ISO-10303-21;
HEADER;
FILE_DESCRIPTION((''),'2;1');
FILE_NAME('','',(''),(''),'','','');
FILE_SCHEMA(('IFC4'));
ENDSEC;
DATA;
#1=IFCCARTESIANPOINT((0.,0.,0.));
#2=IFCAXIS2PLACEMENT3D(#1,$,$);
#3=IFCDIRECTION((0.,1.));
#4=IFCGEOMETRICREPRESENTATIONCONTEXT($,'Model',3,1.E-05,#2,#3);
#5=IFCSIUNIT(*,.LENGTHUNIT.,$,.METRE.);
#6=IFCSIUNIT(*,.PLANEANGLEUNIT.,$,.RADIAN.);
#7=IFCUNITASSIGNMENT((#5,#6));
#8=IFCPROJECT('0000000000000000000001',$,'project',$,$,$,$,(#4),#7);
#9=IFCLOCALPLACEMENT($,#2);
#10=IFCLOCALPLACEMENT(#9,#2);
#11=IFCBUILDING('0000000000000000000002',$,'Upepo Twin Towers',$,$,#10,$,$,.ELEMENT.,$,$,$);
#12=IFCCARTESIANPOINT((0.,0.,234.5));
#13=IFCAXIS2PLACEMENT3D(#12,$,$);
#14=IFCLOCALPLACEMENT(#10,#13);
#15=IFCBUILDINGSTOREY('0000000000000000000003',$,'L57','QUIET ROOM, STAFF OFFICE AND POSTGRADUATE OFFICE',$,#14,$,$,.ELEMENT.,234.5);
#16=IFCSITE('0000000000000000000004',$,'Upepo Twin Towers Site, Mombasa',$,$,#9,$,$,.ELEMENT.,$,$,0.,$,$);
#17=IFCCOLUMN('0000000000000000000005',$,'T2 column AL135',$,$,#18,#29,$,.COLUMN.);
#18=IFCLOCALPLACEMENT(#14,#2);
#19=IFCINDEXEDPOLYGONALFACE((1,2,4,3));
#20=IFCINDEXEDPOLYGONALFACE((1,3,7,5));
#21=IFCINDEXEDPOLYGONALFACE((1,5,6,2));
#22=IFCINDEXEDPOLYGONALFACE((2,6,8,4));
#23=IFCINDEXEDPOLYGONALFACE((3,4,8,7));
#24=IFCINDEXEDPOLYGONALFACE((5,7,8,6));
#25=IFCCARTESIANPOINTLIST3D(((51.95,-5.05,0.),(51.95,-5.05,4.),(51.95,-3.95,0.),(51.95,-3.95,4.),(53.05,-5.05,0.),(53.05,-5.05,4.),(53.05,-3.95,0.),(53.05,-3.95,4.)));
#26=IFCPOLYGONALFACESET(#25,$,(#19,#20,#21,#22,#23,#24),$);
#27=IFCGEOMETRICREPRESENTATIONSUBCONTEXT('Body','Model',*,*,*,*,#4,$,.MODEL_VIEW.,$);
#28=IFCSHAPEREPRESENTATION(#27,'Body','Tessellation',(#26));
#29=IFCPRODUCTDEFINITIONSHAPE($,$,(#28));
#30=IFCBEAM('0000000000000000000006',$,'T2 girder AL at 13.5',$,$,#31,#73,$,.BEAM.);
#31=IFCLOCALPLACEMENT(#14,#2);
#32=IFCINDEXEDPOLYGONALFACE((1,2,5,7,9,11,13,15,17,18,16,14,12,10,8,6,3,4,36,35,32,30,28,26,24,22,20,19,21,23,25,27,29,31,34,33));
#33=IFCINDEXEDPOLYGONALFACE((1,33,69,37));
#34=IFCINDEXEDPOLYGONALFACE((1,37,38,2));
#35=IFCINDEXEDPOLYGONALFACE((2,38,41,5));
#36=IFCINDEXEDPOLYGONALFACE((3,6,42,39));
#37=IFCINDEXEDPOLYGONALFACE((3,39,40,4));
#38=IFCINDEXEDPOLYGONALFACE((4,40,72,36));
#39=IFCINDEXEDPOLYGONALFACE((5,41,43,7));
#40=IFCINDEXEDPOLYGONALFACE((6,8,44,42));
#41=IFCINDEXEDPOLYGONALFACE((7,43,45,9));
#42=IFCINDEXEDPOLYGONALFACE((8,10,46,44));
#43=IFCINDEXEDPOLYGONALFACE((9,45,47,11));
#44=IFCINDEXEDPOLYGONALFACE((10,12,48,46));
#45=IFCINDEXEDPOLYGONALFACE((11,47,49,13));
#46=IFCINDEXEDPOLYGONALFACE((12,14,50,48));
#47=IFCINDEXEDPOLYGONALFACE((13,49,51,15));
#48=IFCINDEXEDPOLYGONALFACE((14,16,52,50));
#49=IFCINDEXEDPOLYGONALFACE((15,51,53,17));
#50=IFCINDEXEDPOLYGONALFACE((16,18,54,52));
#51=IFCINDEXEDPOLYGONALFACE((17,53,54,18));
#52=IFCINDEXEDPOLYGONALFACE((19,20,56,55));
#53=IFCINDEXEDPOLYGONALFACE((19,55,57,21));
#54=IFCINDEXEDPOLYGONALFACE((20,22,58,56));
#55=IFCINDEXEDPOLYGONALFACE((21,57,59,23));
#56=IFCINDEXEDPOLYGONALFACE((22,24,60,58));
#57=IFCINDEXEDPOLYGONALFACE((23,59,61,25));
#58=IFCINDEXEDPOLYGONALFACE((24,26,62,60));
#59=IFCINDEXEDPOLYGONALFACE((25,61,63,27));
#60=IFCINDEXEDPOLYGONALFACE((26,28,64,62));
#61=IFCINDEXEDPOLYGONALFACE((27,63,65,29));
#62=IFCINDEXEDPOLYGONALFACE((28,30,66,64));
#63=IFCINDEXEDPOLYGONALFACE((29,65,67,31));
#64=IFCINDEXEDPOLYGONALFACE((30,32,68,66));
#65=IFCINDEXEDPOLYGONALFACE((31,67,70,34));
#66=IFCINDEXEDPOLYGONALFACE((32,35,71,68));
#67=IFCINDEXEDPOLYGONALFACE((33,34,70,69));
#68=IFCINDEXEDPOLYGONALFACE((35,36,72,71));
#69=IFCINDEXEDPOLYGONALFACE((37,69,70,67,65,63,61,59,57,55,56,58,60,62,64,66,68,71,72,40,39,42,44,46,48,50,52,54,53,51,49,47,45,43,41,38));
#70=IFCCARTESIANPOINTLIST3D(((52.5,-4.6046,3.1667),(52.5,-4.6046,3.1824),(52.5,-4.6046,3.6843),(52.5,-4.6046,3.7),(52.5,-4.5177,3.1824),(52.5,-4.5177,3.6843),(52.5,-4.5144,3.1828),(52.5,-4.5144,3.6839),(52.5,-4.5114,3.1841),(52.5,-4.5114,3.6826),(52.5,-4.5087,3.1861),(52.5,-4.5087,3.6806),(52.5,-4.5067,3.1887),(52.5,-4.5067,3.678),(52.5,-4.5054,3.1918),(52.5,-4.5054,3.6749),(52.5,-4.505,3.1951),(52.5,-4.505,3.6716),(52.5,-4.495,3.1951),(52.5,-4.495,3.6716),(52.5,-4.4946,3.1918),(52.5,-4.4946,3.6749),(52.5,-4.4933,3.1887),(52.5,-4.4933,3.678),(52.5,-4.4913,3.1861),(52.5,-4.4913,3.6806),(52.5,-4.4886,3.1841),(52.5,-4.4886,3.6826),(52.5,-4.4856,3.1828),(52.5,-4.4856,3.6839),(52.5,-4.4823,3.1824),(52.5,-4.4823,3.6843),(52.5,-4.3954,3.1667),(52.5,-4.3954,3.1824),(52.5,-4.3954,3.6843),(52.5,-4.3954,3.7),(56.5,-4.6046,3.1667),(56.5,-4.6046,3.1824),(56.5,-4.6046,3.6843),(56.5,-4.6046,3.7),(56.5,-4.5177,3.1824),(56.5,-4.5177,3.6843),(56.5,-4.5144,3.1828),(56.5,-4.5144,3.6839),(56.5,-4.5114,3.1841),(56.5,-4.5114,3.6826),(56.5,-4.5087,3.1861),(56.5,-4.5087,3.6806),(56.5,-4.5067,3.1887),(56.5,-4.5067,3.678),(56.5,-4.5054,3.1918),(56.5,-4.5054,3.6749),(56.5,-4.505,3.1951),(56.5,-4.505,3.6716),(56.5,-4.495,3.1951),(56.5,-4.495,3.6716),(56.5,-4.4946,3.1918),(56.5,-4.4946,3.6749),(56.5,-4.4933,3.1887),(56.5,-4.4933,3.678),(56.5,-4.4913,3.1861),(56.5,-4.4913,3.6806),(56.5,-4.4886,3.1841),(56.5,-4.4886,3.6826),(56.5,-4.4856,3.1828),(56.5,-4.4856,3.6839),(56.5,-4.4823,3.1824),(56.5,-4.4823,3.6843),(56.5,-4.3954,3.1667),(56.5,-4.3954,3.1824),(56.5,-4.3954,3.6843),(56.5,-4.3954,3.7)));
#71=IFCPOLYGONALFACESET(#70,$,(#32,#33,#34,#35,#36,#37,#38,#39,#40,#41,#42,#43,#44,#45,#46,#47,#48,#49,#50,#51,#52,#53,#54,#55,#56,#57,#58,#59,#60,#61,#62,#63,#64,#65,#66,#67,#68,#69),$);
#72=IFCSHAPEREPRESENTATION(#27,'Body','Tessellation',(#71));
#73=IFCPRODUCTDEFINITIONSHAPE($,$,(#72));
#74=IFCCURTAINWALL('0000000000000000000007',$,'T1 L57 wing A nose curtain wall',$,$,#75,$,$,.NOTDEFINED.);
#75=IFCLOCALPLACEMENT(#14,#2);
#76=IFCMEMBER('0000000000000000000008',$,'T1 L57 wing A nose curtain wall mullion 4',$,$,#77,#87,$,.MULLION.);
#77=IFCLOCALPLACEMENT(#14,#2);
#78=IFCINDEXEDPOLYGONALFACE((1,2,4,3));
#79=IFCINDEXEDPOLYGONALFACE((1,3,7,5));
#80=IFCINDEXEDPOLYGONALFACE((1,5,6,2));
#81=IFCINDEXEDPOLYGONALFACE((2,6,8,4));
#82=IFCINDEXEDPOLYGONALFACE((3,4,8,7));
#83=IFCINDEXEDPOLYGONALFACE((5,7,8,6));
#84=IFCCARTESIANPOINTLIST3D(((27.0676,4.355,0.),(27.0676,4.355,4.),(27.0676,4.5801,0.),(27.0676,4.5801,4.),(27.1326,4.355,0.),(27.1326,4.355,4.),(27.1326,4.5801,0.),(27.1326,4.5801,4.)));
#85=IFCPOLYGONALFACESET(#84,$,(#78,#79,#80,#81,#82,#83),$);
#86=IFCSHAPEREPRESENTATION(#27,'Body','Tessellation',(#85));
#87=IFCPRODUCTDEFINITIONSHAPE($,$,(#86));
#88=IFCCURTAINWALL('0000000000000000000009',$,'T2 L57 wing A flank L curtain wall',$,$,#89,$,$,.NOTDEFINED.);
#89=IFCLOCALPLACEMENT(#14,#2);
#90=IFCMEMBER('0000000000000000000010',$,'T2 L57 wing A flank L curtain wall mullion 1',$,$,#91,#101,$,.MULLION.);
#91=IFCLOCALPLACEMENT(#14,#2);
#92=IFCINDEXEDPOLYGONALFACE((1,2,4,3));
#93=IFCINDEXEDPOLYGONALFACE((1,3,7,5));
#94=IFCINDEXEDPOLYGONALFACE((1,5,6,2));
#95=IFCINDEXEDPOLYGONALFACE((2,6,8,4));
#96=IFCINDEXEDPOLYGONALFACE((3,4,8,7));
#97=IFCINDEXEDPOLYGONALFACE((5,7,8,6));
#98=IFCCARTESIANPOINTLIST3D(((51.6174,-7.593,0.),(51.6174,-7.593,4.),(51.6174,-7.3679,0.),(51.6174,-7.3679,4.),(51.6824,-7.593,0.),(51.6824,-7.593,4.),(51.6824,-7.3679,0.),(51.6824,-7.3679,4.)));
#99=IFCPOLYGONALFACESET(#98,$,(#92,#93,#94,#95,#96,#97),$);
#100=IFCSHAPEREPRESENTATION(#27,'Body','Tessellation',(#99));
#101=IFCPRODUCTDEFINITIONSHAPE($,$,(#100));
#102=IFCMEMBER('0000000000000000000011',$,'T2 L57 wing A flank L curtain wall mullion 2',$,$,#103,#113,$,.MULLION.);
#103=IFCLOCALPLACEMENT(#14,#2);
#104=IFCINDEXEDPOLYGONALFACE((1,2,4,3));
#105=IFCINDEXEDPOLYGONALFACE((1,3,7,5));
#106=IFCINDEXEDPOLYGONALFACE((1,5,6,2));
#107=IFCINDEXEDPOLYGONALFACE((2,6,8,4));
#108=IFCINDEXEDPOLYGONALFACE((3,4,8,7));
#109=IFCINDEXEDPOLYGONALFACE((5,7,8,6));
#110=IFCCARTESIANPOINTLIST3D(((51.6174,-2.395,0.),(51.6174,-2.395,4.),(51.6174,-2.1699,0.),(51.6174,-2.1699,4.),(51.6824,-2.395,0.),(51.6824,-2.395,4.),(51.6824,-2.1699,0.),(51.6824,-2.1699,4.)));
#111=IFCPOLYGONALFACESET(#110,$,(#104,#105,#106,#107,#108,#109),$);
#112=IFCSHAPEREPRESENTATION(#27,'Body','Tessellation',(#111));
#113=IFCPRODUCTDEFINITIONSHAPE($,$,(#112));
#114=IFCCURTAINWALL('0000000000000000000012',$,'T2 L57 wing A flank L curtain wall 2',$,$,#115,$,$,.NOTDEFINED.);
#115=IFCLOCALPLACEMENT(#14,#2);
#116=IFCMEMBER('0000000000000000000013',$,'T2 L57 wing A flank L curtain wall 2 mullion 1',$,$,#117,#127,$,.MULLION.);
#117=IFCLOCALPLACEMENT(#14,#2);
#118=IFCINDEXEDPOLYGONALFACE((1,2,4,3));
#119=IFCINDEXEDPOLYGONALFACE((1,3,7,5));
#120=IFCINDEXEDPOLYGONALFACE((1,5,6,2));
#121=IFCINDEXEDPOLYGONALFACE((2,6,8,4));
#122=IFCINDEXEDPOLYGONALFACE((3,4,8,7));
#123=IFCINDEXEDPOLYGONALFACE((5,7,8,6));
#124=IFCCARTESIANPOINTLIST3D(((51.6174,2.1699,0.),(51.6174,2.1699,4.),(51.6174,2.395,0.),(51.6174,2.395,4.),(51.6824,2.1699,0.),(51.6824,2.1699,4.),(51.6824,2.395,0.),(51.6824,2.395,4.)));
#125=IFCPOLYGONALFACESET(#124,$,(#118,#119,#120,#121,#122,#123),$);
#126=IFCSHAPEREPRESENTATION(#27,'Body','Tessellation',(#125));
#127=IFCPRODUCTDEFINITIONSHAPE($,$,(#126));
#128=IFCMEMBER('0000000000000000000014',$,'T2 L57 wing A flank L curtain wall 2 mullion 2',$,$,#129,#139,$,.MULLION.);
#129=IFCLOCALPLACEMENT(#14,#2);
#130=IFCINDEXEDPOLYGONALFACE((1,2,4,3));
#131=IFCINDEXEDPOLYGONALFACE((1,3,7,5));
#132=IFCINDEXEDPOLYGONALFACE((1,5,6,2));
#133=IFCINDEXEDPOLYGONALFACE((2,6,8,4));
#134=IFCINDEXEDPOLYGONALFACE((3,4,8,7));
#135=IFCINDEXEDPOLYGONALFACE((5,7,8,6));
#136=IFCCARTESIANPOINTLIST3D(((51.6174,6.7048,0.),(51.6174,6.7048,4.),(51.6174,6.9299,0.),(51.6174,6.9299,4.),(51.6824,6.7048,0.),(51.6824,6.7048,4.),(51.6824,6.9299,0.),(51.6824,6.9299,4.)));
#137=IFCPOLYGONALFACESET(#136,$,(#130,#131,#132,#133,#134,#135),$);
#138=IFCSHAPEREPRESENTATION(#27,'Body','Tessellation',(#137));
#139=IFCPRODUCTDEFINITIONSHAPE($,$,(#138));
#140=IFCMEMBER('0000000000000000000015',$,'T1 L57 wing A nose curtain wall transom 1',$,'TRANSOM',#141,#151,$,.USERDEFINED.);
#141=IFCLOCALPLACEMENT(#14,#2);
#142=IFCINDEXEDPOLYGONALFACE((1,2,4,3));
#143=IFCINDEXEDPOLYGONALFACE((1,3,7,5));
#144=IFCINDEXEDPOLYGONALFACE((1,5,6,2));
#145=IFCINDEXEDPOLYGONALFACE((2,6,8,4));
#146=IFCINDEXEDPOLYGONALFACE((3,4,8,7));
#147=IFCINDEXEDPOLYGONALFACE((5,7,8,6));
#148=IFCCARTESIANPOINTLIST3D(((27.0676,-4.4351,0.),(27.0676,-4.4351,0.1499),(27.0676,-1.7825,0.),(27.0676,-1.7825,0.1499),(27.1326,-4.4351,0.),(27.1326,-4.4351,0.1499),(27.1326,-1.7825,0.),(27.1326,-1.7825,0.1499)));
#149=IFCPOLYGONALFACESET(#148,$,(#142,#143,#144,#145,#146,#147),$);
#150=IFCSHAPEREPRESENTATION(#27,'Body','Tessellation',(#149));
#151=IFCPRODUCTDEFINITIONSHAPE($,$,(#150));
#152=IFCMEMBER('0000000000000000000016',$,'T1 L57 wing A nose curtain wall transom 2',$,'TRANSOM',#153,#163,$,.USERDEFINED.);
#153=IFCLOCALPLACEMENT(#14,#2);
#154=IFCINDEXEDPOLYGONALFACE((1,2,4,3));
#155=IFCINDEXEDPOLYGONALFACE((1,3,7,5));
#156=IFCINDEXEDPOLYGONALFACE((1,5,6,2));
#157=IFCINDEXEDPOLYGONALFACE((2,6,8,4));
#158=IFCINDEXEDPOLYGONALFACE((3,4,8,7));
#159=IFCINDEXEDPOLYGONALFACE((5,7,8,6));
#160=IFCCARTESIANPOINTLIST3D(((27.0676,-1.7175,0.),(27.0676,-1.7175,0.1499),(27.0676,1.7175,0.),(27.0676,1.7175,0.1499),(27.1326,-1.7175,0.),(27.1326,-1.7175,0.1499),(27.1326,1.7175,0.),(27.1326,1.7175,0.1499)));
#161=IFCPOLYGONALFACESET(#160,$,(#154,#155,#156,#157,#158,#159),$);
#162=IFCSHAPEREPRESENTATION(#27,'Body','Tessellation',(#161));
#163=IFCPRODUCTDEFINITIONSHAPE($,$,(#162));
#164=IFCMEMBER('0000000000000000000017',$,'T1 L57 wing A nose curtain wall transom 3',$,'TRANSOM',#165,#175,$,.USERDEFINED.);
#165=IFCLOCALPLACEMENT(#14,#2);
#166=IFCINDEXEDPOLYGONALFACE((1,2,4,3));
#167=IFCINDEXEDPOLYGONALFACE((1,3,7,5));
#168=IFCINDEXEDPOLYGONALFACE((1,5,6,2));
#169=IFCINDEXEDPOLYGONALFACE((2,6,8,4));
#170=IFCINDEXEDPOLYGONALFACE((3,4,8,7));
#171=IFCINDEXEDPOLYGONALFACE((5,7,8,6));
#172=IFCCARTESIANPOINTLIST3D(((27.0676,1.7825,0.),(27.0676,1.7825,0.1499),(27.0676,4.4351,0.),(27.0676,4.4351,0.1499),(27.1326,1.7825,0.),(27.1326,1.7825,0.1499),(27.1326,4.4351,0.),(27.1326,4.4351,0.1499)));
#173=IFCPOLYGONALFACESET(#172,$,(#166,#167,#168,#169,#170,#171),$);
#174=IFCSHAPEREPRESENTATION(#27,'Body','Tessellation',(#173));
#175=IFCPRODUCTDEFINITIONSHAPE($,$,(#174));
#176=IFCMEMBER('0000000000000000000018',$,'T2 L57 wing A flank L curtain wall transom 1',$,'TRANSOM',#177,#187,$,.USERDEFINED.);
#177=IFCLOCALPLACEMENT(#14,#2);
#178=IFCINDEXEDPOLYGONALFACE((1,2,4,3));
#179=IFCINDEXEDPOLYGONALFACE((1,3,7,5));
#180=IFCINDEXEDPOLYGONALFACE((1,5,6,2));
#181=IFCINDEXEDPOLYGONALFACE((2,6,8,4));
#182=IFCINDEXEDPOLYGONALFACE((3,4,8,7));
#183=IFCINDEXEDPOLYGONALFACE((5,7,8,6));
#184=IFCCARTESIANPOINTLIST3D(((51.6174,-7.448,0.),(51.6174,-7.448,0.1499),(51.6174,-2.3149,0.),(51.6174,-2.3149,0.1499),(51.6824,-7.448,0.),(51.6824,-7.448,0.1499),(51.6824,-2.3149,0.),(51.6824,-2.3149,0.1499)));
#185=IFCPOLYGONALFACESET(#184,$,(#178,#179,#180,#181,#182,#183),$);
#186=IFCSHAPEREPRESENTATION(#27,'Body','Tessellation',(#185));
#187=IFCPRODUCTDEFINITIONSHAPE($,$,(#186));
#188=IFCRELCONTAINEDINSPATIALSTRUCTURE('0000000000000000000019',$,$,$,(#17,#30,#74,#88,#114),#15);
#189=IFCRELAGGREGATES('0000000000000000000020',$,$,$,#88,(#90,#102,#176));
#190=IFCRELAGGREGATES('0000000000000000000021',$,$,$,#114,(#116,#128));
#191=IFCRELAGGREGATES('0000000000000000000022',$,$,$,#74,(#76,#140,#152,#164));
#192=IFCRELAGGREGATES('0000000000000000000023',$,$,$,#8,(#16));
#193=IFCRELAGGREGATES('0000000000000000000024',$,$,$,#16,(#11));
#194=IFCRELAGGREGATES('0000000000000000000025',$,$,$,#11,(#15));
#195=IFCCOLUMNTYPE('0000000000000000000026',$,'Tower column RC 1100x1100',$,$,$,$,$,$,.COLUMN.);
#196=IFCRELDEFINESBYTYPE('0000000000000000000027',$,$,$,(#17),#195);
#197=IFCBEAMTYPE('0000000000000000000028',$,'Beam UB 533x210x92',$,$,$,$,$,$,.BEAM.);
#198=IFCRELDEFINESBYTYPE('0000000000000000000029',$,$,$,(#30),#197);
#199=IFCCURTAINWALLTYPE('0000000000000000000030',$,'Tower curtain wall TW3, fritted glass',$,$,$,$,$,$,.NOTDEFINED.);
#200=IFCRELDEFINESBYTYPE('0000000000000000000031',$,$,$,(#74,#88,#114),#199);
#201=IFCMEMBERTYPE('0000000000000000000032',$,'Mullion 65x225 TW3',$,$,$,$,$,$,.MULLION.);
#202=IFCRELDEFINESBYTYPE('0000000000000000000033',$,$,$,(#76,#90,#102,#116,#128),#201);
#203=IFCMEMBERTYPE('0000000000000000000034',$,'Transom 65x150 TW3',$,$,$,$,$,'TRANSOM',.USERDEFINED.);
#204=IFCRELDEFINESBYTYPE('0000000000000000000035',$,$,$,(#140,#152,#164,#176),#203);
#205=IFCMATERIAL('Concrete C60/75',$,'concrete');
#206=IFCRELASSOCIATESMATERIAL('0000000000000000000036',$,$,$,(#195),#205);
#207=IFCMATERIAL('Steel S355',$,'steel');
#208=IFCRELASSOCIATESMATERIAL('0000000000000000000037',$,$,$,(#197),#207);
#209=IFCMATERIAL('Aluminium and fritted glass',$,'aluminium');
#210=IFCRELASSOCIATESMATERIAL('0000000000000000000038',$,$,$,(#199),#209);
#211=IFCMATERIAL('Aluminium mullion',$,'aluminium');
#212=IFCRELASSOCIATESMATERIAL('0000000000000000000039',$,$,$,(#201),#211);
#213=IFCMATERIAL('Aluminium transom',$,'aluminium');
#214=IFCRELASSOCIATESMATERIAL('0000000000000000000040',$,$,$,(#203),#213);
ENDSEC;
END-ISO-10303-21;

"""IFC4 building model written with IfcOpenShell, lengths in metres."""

from ifc_helpers import new_model, si_unit, direction, frame, origin, origin_2d, place, context, subcontext, project, spatial, rectangle, i_section, extrude, material, material_profile, profile_set, type_object, element, aggregate, save


model = new_model("IFC4")

# Units and contexts
model_context = context("Model", 3, precision=1e-05, world=origin(), true_north=direction((0.0, 1.0)))
body_context = subcontext(model_context, "Body", "Model", "MODEL_VIEW")
ifc_project = project(units=[si_unit("LENGTHUNIT", "METRE"), si_unit("PLANEANGLEUNIT", "RADIAN")], contexts=[model_context])

# Site, building, storey
site_placement = place(None, origin())
site = spatial("IfcSite", under=ifc_project, at=site_placement, Name="Upepo Twin Towers Site, Mombasa", CompositionType="ELEMENT", RefElevation=0.0)
building_placement = place(site_placement, origin())
building = spatial("IfcBuilding", under=site, at=building_placement, Name="Upepo Twin Towers", CompositionType="ELEMENT")
storey_placement = place(building_placement, frame((0.0, 0.0, 234.5)))
storey = spatial("IfcBuildingStorey", under=building, at=storey_placement, Name="L57", Description="QUIET ROOM, STAFF OFFICE AND POSTGRADUATE OFFICE", CompositionType="ELEMENT", Elevation=234.5)

# Column
ifc_material_1 = material(Name="Concrete C60/75", Category="concrete")
ifc_material_profile_1 = material_profile(ifc_material_1, rectangle(XDim=1.1001, YDim=1.1001, at=origin_2d()), Name="RC 1100x1100")
ifc_profile_set_1 = profile_set([ifc_material_profile_1], Name="Concrete C60/75")
column_type = type_object("IfcColumnType", Name="Tower column RC 1100x1100", PredefinedType="COLUMN", material=ifc_profile_set_1)
column_placement = place(storey_placement, frame((52.5, -4.5, 0.0), z_axis=(0.0, 0.0, 1.0), x_axis=(1.0, 0.0, 0.0)))
element("IfcColumn", 1, at=column_placement, inside=storey, type_object=column_type, Name="T2 column AL135", PredefinedType="COLUMN", context=body_context, shape_type="SweptSolid", body=[
    extrude(rectangle(XDim=1.1001, YDim=1.1001, at=origin_2d()), origin(), (0.0, 0.0, 1.0), 4.0),
])

# Beam
ifc_material_2 = material(Name="Steel S355", Category="steel")
ifc_material_profile_2 = material_profile(ifc_material_2, i_section(OverallWidth=0.2092, OverallDepth=0.5332, WebThickness=0.01, FlangeThickness=0.0156, FilletRadius=0.0127, at=origin_2d()), Name="UB 533x210x92")
ifc_profile_set_2 = profile_set([ifc_material_profile_2], Name="Steel S355")
beam_type = type_object("IfcBeamType", Name="Beam UB 533x210x92", PredefinedType="BEAM", material=ifc_profile_set_2)
beam_placement = place(storey_placement, frame((52.5, -4.5, 3.4333), z_axis=(1.0, 0.0, 0.0), x_axis=(0.0, 1.0, 0.0)))
element("IfcBeam", 2, at=beam_placement, inside=storey, type_object=beam_type, Name="T2 girder AL at 13.5", PredefinedType="BEAM", context=body_context, shape_type="SweptSolid", body=[
    extrude(i_section(OverallWidth=0.2092, OverallDepth=0.5332, WebThickness=0.01, FlangeThickness=0.0156, FilletRadius=0.0127, at=origin_2d()), origin(), (0.0, 0.0, 1.0), 4.0),
])

# Curtain wall, member
ifc_material_3 = material(Name="Aluminium and fritted glass", Category="aluminium")
curtain_wall_type = type_object("IfcCurtainWallType", Name="Tower curtain wall TW3, fritted glass", PredefinedType="NOTDEFINED", material=ifc_material_3)
curtain_wall_1_placement = place(storey_placement, origin())
curtain_wall_1 = element("IfcCurtainWall", 3, at=curtain_wall_1_placement, inside=storey, type_object=curtain_wall_type, Name="T1 L57 wing A nose curtain wall", PredefinedType="NOTDEFINED")
ifc_material_4 = material(Name="Aluminium mullion", Category="aluminium")
ifc_material_profile_3 = material_profile(ifc_material_4, rectangle(XDim=0.0649, YDim=0.2251, at=origin_2d()), Name="MULLION 65x225")
ifc_profile_set_3 = profile_set([ifc_material_profile_3], Name="Aluminium mullion")
member_type_1 = type_object("IfcMemberType", Name="Mullion 65x225 TW3", PredefinedType="MULLION", material=ifc_profile_set_3)
member_1_placement = place(storey_placement, frame((27.1001, 4.4675, 0.0), z_axis=(0.0, 0.0, 1.0), x_axis=(-1.0, 0.0, 0.0)))
member_1 = element("IfcMember", 4, at=member_1_placement, type_object=member_type_1, Name="T1 L57 wing A nose curtain wall mullion 4", PredefinedType="MULLION", context=body_context, shape_type="SweptSolid", body=[
    extrude(rectangle(XDim=0.0649, YDim=0.2251, at=origin_2d()), origin(), (0.0, 0.0, 1.0), 4.0),
])

# Curtain walls, members
curtain_wall_2_placement = place(storey_placement, origin())
curtain_wall_2 = element("IfcCurtainWall", 5, at=curtain_wall_2_placement, inside=storey, type_object=curtain_wall_type, Name="T2 L57 wing A flank L curtain wall", PredefinedType="NOTDEFINED")
member_2_placement = place(storey_placement, frame((51.6499, -7.4805, 0.0), z_axis=(0.0, 0.0, 1.0), x_axis=(-1.0, 0.0, 0.0)))
member_2 = element("IfcMember", 6, at=member_2_placement, type_object=member_type_1, Name="T2 L57 wing A flank L curtain wall mullion 1", PredefinedType="MULLION", context=body_context, shape_type="SweptSolid", body=[
    extrude(rectangle(XDim=0.0649, YDim=0.2251, at=origin_2d()), origin(), (0.0, 0.0, 1.0), 4.0),
])
member_3_placement = place(storey_placement, frame((51.6499, -2.2825, 0.0), z_axis=(0.0, 0.0, 1.0), x_axis=(-1.0, 0.0, 0.0)))
member_3 = element("IfcMember", 7, at=member_3_placement, type_object=member_type_1, Name="T2 L57 wing A flank L curtain wall mullion 2", PredefinedType="MULLION", context=body_context, shape_type="SweptSolid", body=[
    extrude(rectangle(XDim=0.0649, YDim=0.2251, at=origin_2d()), origin(), (0.0, 0.0, 1.0), 4.0),
])
curtain_wall_3_placement = place(storey_placement, origin())
curtain_wall_3 = element("IfcCurtainWall", 8, at=curtain_wall_3_placement, inside=storey, type_object=curtain_wall_type, Name="T2 L57 wing A flank L curtain wall 2", PredefinedType="NOTDEFINED")
member_4_placement = place(storey_placement, frame((51.6499, 2.2825, 0.0), z_axis=(0.0, 0.0, 1.0), x_axis=(-1.0, 0.0, 0.0)))
member_4 = element("IfcMember", 9, at=member_4_placement, type_object=member_type_1, Name="T2 L57 wing A flank L curtain wall 2 mullion 1", PredefinedType="MULLION", context=body_context, shape_type="SweptSolid", body=[
    extrude(rectangle(XDim=0.0649, YDim=0.2251, at=origin_2d()), origin(), (0.0, 0.0, 1.0), 4.0),
])
member_5_placement = place(storey_placement, frame((51.6499, 6.8174, 0.0), z_axis=(0.0, 0.0, 1.0), x_axis=(-1.0, 0.0, 0.0)))
member_5 = element("IfcMember", 10, at=member_5_placement, type_object=member_type_1, Name="T2 L57 wing A flank L curtain wall 2 mullion 2", PredefinedType="MULLION", context=body_context, shape_type="SweptSolid", body=[
    extrude(rectangle(XDim=0.0649, YDim=0.2251, at=origin_2d()), origin(), (0.0, 0.0, 1.0), 4.0),
])

# Members
ifc_material_5 = material(Name="Aluminium transom", Category="aluminium")
ifc_material_profile_4 = material_profile(ifc_material_5, rectangle(XDim=0.0649, YDim=0.1499, at=origin_2d()), Name="TRANSOM 65x150")
ifc_profile_set_4 = profile_set([ifc_material_profile_4], Name="Aluminium transom")
member_type_2 = type_object("IfcMemberType", Name="Transom 65x150 TW3", ElementType="TRANSOM", PredefinedType="USERDEFINED", material=ifc_profile_set_4)
member_6_placement = place(storey_placement, frame((27.1001, -4.4351, 0.075), z_axis=(0.0, 1.0, 0.0), x_axis=(-1.0, 0.0, 0.0)))
member_6 = element("IfcMember", 11, at=member_6_placement, type_object=member_type_2, Name="T1 L57 wing A nose curtain wall transom 1", ObjectType="TRANSOM", PredefinedType="USERDEFINED", context=body_context, shape_type="SweptSolid", body=[
    extrude(rectangle(XDim=0.0649, YDim=0.1499, at=origin_2d()), origin(), (0.0, 0.0, 1.0), 2.6526),
])
member_7_placement = place(storey_placement, frame((27.1001, -1.7175, 0.075), z_axis=(0.0, 1.0, 0.0), x_axis=(-1.0, 0.0, 0.0)))
member_7 = element("IfcMember", 12, at=member_7_placement, type_object=member_type_2, Name="T1 L57 wing A nose curtain wall transom 2", ObjectType="TRANSOM", PredefinedType="USERDEFINED", context=body_context, shape_type="SweptSolid", body=[
    extrude(rectangle(XDim=0.0649, YDim=0.1499, at=origin_2d()), origin(), (0.0, 0.0, 1.0), 3.4351),
])
member_8_placement = place(storey_placement, frame((27.1001, 1.7825, 0.075), z_axis=(0.0, 1.0, 0.0), x_axis=(-1.0, 0.0, 0.0)))
member_8 = element("IfcMember", 13, at=member_8_placement, type_object=member_type_2, Name="T1 L57 wing A nose curtain wall transom 3", ObjectType="TRANSOM", PredefinedType="USERDEFINED", context=body_context, shape_type="SweptSolid", body=[
    extrude(rectangle(XDim=0.0649, YDim=0.1499, at=origin_2d()), origin(), (0.0, 0.0, 1.0), 2.6526),
])
member_9_placement = place(storey_placement, frame((51.6499, -7.448, 0.075), z_axis=(0.0, 1.0, 0.0), x_axis=(-1.0, 0.0, 0.0)))
member_9 = element("IfcMember", 14, at=member_9_placement, type_object=member_type_2, Name="T2 L57 wing A flank L curtain wall transom 1", ObjectType="TRANSOM", PredefinedType="USERDEFINED", context=body_context, shape_type="SweptSolid", body=[
    extrude(rectangle(XDim=0.0649, YDim=0.1499, at=origin_2d()), origin(), (0.0, 0.0, 1.0), 5.1331),
])

aggregate(curtain_wall_2, [member_2, member_3, member_9])
aggregate(curtain_wall_3, [member_4, member_5])
aggregate(curtain_wall_1, [member_1, member_6, member_7, member_8])

save(model, "model.ifc")
